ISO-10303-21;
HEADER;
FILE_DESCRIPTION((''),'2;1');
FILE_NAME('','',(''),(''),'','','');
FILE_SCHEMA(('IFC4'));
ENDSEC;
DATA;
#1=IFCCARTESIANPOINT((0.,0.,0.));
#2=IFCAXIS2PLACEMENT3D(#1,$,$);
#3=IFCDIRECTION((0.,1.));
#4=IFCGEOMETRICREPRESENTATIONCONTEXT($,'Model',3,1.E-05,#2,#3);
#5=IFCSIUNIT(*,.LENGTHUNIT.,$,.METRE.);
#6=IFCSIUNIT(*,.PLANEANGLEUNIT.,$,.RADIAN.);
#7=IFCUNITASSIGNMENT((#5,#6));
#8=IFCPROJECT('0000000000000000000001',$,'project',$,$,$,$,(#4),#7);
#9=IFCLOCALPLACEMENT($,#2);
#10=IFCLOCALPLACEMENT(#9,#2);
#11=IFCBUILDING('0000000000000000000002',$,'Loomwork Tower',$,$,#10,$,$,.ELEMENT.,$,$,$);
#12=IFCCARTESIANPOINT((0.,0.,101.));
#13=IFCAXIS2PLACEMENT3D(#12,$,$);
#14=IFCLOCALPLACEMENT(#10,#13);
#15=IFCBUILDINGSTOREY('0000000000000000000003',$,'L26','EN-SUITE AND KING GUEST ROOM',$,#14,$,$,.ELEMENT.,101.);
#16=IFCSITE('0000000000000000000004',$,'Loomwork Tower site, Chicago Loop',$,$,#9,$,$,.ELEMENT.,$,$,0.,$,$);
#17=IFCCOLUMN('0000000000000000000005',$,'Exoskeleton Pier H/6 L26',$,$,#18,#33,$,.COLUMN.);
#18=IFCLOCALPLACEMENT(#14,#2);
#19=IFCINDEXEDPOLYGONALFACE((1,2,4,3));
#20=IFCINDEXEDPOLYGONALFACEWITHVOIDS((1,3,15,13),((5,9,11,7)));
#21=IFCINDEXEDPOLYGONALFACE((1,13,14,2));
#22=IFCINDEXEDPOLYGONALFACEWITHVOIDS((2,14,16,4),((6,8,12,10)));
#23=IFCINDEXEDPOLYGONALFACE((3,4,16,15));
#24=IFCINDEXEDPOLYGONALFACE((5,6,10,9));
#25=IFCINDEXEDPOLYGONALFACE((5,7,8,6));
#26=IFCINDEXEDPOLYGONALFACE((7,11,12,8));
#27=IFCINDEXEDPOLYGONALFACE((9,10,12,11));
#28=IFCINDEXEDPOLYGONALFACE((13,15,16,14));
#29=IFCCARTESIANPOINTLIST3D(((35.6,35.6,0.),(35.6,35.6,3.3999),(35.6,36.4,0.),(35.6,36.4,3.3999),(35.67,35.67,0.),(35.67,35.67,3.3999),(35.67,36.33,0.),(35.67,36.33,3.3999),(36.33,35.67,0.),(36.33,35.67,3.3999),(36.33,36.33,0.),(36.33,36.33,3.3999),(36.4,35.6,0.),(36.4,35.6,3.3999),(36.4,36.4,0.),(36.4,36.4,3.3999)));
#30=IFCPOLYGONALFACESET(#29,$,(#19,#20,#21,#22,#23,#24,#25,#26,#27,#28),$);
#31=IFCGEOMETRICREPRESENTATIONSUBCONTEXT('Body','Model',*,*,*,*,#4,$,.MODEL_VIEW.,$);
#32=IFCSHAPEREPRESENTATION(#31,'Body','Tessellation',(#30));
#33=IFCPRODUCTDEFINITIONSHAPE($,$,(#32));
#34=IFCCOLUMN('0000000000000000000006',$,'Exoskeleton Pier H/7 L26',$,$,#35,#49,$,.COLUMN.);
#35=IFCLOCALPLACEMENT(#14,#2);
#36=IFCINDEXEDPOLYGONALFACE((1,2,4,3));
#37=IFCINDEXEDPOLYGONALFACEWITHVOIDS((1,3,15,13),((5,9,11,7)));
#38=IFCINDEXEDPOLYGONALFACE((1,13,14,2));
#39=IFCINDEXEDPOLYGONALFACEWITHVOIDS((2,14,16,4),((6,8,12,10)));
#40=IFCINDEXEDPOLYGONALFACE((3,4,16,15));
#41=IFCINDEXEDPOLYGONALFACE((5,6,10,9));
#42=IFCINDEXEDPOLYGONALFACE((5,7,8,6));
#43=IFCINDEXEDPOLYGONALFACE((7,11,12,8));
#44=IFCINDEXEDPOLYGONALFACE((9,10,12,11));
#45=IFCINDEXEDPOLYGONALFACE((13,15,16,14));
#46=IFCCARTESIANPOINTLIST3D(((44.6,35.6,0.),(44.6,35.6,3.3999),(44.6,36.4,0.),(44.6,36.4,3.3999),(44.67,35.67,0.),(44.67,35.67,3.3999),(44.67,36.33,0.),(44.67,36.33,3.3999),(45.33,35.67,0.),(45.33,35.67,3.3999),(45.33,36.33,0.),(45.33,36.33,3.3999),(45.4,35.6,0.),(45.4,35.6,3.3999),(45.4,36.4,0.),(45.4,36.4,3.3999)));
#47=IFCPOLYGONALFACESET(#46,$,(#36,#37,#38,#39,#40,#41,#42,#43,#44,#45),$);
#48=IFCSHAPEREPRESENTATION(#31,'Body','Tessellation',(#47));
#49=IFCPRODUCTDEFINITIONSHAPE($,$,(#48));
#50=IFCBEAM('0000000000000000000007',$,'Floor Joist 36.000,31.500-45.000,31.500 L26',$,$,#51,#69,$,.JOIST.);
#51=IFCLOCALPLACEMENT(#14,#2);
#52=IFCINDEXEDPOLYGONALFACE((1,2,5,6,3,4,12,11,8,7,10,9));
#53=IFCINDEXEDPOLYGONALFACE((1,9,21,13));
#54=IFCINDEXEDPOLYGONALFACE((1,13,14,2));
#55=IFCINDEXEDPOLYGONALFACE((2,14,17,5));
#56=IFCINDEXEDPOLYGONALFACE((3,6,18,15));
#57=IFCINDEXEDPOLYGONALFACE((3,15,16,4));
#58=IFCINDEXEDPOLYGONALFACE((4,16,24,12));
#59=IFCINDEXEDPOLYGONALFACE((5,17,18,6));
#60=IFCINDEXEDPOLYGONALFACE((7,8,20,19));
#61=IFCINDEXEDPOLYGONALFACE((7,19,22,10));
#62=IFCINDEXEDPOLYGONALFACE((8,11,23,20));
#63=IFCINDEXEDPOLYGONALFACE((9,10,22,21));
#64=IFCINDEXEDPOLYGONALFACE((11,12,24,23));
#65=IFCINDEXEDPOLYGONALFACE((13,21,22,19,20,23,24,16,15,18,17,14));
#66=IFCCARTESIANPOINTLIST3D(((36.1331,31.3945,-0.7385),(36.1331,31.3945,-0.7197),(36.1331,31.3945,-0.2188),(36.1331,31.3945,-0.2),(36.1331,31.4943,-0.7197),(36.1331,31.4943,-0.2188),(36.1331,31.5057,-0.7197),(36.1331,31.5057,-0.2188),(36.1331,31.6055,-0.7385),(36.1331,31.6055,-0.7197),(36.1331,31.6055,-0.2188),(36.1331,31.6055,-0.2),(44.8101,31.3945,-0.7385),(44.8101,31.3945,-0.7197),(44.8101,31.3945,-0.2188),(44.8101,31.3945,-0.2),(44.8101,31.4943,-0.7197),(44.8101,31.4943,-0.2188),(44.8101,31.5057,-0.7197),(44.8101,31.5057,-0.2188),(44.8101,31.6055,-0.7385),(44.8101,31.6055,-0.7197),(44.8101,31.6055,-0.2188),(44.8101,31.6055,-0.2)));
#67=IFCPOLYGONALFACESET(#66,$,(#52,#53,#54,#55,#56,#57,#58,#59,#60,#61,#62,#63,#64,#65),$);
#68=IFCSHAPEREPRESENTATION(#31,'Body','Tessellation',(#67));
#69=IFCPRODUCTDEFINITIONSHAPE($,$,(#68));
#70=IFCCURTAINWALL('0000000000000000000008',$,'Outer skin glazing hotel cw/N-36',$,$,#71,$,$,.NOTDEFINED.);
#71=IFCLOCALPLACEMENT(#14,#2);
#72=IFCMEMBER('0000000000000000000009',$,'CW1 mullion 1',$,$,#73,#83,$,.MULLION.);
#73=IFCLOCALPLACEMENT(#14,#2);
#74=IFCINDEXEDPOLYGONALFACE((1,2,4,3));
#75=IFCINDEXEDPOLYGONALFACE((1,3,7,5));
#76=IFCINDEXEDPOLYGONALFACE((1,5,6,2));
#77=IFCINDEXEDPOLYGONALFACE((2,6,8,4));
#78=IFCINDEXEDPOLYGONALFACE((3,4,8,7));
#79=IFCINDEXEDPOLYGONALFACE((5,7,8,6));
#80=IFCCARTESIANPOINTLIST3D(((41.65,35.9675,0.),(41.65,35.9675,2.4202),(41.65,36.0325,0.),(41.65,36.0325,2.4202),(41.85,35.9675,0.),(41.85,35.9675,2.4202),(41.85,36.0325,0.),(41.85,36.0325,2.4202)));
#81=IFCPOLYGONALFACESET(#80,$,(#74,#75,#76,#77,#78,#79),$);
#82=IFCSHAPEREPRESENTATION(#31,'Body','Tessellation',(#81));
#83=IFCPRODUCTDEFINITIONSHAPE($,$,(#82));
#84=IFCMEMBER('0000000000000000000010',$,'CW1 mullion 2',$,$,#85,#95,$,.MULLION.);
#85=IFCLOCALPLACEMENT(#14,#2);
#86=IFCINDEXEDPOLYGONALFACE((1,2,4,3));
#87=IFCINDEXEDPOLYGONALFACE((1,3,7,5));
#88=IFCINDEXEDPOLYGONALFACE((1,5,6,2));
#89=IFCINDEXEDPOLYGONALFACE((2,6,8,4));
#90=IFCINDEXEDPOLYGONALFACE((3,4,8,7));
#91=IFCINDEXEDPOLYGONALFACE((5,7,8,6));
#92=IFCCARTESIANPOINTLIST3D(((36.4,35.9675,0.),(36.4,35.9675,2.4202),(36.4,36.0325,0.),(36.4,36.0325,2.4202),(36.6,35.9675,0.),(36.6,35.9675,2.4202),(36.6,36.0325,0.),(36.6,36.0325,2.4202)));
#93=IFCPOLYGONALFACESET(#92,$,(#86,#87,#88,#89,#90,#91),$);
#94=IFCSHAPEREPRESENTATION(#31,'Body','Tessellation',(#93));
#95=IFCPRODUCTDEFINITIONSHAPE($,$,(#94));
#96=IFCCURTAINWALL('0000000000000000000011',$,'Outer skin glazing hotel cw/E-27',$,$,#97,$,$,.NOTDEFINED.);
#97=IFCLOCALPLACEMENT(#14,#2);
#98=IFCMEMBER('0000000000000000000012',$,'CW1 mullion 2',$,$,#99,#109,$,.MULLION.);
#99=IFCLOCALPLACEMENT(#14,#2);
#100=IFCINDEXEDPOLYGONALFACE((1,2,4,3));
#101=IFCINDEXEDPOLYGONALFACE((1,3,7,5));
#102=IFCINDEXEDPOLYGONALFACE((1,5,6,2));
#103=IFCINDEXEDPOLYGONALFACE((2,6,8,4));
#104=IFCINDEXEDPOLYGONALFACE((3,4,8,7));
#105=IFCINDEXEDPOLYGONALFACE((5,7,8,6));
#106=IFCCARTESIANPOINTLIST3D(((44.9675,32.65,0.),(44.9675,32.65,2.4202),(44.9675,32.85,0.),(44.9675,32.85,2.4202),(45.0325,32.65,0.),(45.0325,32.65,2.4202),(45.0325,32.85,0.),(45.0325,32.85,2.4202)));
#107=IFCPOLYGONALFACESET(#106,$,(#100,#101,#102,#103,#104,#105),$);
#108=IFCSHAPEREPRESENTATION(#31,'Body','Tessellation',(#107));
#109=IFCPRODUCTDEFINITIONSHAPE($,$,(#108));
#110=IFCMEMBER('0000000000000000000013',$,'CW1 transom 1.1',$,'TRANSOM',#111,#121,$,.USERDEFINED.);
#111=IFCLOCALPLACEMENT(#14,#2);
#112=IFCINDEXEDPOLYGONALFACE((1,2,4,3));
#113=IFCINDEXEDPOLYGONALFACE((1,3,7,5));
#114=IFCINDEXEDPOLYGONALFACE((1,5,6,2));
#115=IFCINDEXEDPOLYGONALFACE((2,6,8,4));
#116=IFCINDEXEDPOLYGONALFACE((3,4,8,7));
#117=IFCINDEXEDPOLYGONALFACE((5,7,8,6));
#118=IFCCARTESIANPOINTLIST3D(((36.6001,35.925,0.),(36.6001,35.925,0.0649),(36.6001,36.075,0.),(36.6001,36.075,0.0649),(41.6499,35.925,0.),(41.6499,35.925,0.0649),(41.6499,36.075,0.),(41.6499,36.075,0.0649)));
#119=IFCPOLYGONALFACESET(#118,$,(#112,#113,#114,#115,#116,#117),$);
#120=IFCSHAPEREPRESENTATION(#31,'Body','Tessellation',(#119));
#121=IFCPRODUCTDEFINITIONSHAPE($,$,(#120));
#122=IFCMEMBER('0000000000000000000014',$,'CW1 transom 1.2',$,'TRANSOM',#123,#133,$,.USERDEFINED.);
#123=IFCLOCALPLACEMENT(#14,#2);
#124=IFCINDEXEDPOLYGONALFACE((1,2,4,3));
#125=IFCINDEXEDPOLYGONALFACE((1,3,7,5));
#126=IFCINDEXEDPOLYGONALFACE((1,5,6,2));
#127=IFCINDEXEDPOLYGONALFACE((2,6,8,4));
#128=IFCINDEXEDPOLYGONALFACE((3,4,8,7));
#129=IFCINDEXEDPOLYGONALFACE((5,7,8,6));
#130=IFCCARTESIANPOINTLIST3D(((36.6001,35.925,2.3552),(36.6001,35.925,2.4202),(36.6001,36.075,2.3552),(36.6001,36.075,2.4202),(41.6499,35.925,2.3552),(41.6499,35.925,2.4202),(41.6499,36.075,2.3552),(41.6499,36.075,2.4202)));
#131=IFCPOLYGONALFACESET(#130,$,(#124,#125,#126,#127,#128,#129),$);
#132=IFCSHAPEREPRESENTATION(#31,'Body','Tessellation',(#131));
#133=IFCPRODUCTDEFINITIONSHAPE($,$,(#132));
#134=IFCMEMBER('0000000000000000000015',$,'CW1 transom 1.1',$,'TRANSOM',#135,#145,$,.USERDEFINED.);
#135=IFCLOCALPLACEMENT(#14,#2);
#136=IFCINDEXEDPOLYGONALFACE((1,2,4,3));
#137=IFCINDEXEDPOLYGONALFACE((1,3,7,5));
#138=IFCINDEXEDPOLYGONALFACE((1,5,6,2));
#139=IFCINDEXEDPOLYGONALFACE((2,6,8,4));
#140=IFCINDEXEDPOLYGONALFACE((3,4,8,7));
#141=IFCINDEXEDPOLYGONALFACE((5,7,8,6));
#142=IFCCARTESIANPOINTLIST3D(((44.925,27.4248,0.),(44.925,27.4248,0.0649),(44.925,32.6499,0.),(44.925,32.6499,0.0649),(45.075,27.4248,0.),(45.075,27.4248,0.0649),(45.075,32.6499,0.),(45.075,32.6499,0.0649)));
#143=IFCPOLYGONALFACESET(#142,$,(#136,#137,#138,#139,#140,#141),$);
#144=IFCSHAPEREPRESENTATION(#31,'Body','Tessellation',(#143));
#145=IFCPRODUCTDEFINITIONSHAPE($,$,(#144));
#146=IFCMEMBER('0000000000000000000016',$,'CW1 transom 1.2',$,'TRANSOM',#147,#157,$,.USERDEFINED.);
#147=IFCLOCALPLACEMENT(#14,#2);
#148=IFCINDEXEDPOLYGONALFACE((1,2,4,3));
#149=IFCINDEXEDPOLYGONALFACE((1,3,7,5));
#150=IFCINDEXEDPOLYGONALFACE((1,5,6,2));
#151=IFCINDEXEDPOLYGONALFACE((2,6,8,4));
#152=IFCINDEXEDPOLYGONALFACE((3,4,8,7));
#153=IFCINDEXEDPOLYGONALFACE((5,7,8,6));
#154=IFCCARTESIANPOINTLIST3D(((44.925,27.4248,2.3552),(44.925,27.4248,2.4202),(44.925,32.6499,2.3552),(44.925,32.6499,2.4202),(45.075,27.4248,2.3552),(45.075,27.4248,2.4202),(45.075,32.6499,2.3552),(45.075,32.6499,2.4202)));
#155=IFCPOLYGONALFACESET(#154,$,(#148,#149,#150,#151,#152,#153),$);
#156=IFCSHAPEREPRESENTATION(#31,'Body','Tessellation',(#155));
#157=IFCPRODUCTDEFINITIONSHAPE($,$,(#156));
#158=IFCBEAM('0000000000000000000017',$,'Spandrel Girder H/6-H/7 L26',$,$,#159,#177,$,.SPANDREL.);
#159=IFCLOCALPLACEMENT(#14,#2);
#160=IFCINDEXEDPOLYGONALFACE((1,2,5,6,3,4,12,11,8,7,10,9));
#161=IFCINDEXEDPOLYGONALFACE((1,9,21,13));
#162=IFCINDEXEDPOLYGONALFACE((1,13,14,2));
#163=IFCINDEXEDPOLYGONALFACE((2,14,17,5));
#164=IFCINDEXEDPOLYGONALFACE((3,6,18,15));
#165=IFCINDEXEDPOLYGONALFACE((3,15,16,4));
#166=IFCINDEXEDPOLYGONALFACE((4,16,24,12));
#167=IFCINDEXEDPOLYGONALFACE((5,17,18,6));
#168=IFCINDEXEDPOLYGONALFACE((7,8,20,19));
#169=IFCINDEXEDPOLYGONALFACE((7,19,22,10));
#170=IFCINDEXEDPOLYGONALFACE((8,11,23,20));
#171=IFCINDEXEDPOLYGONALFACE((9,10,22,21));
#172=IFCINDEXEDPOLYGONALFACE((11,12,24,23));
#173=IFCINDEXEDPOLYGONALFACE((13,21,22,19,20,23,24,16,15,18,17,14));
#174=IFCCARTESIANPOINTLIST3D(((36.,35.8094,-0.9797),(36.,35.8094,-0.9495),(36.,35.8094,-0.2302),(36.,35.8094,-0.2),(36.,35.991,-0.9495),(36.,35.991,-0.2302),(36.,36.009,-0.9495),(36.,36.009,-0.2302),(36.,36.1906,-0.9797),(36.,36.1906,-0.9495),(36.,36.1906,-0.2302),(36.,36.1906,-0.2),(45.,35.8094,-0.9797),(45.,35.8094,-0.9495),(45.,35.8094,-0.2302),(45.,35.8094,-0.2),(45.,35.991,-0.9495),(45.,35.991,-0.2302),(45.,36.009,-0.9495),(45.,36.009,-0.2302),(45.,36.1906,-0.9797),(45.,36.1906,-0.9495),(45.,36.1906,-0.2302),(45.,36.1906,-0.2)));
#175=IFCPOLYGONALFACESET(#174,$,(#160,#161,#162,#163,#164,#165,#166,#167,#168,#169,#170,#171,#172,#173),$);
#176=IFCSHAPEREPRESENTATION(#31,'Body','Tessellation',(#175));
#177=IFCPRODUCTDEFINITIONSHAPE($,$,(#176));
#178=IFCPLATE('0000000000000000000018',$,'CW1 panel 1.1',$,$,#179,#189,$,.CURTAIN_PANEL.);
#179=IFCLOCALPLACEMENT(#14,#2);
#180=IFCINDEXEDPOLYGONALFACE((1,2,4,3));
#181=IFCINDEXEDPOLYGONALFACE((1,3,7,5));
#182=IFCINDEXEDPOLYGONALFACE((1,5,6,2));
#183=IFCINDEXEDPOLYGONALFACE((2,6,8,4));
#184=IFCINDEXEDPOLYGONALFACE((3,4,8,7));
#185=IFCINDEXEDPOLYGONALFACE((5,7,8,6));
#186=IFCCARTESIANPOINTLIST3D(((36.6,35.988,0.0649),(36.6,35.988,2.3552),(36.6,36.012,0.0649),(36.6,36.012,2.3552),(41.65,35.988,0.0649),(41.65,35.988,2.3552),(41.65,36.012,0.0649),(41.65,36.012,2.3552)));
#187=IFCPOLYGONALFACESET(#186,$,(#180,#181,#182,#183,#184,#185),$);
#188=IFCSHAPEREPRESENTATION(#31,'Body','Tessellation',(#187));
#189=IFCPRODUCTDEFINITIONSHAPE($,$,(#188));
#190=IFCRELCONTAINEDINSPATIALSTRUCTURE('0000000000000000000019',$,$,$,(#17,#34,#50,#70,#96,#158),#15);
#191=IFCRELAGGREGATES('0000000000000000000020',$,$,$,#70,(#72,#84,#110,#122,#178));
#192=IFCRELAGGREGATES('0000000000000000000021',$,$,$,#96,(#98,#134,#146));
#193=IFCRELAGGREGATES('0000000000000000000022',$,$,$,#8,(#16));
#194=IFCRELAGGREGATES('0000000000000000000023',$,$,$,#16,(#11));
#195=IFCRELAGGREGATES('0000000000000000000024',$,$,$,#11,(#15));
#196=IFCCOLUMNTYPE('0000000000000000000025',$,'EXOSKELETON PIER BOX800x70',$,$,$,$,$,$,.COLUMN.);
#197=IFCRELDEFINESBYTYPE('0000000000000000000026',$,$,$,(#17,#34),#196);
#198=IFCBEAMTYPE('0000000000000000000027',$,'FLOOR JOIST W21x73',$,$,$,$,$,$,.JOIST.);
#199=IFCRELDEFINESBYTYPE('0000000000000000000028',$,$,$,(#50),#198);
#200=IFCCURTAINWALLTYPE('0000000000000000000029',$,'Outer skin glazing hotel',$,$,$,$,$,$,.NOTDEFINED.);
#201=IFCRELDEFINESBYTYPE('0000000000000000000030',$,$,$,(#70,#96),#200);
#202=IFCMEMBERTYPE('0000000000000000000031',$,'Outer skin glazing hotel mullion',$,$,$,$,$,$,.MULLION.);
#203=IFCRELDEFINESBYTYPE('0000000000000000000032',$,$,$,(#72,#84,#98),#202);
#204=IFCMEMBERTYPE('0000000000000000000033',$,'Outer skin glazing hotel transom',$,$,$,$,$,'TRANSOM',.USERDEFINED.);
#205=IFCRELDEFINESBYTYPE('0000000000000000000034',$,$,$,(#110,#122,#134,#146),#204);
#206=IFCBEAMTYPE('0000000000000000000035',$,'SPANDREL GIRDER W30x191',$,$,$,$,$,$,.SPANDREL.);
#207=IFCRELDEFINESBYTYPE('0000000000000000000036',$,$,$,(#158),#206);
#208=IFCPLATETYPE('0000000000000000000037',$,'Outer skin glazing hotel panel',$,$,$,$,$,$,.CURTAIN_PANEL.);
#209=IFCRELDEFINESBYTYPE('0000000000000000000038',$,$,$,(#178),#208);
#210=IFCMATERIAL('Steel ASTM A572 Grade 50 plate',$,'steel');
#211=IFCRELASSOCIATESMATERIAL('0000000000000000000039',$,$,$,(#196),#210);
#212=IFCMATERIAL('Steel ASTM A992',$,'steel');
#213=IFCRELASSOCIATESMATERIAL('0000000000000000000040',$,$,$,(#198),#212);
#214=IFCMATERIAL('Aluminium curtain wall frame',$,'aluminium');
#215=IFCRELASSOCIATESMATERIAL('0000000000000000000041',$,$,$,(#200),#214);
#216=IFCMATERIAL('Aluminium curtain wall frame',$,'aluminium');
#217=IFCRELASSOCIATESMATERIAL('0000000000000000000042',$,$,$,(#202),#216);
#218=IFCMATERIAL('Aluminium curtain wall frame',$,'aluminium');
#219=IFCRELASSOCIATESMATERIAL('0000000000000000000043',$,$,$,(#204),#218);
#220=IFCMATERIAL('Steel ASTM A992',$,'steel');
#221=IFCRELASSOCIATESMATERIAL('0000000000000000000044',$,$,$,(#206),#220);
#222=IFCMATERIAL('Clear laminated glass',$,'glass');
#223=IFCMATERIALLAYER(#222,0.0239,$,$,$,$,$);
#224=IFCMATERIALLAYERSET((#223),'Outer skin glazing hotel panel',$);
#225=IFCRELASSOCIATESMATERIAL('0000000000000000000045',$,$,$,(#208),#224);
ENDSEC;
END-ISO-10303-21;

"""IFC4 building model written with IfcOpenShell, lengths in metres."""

from ifc_helpers import new_model, si_unit, direction, frame, origin, origin_2d, place, context, subcontext, project, spatial, rectangle, hollow_rectangle, i_section, extrude, material, layer, layer_set, material_profile, profile_set, type_object, element, aggregate, save


model = new_model("IFC4")

# Units and contexts
model_context = context("Model", 3, precision=1e-05, world=origin(), true_north=direction((0.0, 1.0)))
body_context = subcontext(model_context, "Body", "Model", "MODEL_VIEW")
ifc_project = project(units=[si_unit("LENGTHUNIT", "METRE"), si_unit("PLANEANGLEUNIT", "RADIAN")], contexts=[model_context])

# Site, building, storey
site_placement = place(None, origin())
site = spatial("IfcSite", under=ifc_project, at=site_placement, Name="Loomwork Tower site, Chicago Loop", CompositionType="ELEMENT", RefElevation=0.0)
building_placement = place(site_placement, origin())
building = spatial("IfcBuilding", under=site, at=building_placement, Name="Loomwork Tower", CompositionType="ELEMENT")
storey_placement = place(building_placement, frame((0.0, 0.0, 101.0)))
storey = spatial("IfcBuildingStorey", under=building, at=storey_placement, Name="L26", Description="EN-SUITE AND KING GUEST ROOM", CompositionType="ELEMENT", Elevation=101.0)

# Columns
ifc_material_1 = material(Name="Steel ASTM A572 Grade 50 plate", Category="steel")
ifc_material_profile_1 = material_profile(ifc_material_1, hollow_rectangle(XDim=0.8, YDim=0.8, WallThickness=0.0701, at=origin_2d()), Name="BOX800x70")
ifc_profile_set_1 = profile_set([ifc_material_profile_1], Name="Steel ASTM A572 Grade 50 plate")
column_type = type_object("IfcColumnType", Name="EXOSKELETON PIER BOX800x70", PredefinedType="COLUMN", material=ifc_profile_set_1)
for number, where, z_axis, x_axis, name in (
    (1, (36.0, 36.0, 0.0), (0.0, 0.0, 1.0), (1.0, 0.0, 0.0), "Exoskeleton Pier H/6 L26"),
    (2, (45.0, 36.0, 0.0), (0.0, 0.0, 1.0), (1.0, 0.0, 0.0), "Exoskeleton Pier H/7 L26"),
):
    element("IfcColumn", number, at=place(storey_placement, frame(where, z_axis=z_axis, x_axis=x_axis)), inside=storey, type_object=column_type, Name=name, PredefinedType="COLUMN", context=body_context, shape_type="SweptSolid", body=[
        extrude(hollow_rectangle(XDim=0.8, YDim=0.8, WallThickness=0.0701, at=origin_2d()), origin(), (0.0, 0.0, 1.0), 3.3999),
    ])

# Beam
ifc_material_2 = material(Name="Steel ASTM A992", Category="steel")
ifc_material_profile_2 = material_profile(ifc_material_2, i_section(OverallWidth=0.2109, OverallDepth=0.5386, WebThickness=0.0115, FlangeThickness=0.0188, at=origin_2d()), Name="W21x73")
ifc_profile_set_2 = profile_set([ifc_material_profile_2], Name="Steel ASTM A992")
beam_type_1 = type_object("IfcBeamType", Name="FLOOR JOIST W21x73", PredefinedType="JOIST", material=ifc_profile_set_2)
beam_1_placement = place(storey_placement, frame((36.1331, 31.5, -0.4692), z_axis=(1.0, 0.0, 0.0), x_axis=(0.0, 1.0, 0.0)))
element("IfcBeam", 3, at=beam_1_placement, inside=storey, type_object=beam_type_1, Name="Floor Joist 36.000,31.500-45.000,31.500 L26", PredefinedType="JOIST", context=body_context, shape_type="SweptSolid", body=[
    extrude(i_section(OverallWidth=0.2109, OverallDepth=0.5386, WebThickness=0.0115, FlangeThickness=0.0188, at=origin_2d()), origin(), (0.0, 0.0, 1.0), 8.677),
])

# Curtain wall, members
ifc_material_3 = material(Name="Aluminium curtain wall frame", Category="aluminium")
curtain_wall_type = type_object("IfcCurtainWallType", Name="Outer skin glazing hotel", PredefinedType="NOTDEFINED", material=ifc_material_3)
curtain_wall_1_placement = place(storey_placement, origin())
curtain_wall_1 = element("IfcCurtainWall", 4, at=curtain_wall_1_placement, inside=storey, type_object=curtain_wall_type, Name="Outer skin glazing hotel cw/N-36", PredefinedType="NOTDEFINED")
ifc_material_4 = material(Name="Aluminium curtain wall frame", Category="aluminium")
ifc_material_profile_3 = material_profile(ifc_material_4, rectangle(XDim=0.0649, YDim=0.2, at=origin_2d()), Name="AL 65x200")
ifc_profile_set_3 = profile_set([ifc_material_profile_3], Name="Aluminium curtain wall frame")
member_type_1 = type_object("IfcMemberType", Name="Outer skin glazing hotel mullion", PredefinedType="MULLION", material=ifc_profile_set_3)
member_1_placement = place(storey_placement, frame((41.75, 36.0, 0.0), z_axis=(0.0, 0.0, 1.0), x_axis=(0.0, -1.0, 0.0)))
member_1 = element("IfcMember", 5, at=member_1_placement, type_object=member_type_1, Name="CW1 mullion 1", PredefinedType="MULLION", context=body_context, shape_type="SweptSolid", body=[
    extrude(rectangle(XDim=0.0649, YDim=0.2, at=origin_2d()), origin(), (0.0, 0.0, 1.0), 2.4202),
])
member_2_placement = place(storey_placement, frame((36.5, 36.0, 0.0), z_axis=(0.0, 0.0, 1.0), x_axis=(0.0, -1.0, 0.0)))
member_2 = element("IfcMember", 6, at=member_2_placement, type_object=member_type_1, Name="CW1 mullion 2", PredefinedType="MULLION", context=body_context, shape_type="SweptSolid", body=[
    extrude(rectangle(XDim=0.0649, YDim=0.2, at=origin_2d()), origin(), (0.0, 0.0, 1.0), 2.4202),
])

# Curtain wall, member
curtain_wall_2_placement = place(storey_placement, origin())
curtain_wall_2 = element("IfcCurtainWall", 7, at=curtain_wall_2_placement, inside=storey, type_object=curtain_wall_type, Name="Outer skin glazing hotel cw/E-27", PredefinedType="NOTDEFINED")
member_3_placement = place(storey_placement, frame((45.0, 32.75, 0.0), z_axis=(0.0, 0.0, 1.0), x_axis=(-1.0, 0.0, 0.0)))
member_3 = element("IfcMember", 8, at=member_3_placement, type_object=member_type_1, Name="CW1 mullion 2", PredefinedType="MULLION", context=body_context, shape_type="SweptSolid", body=[
    extrude(rectangle(XDim=0.0649, YDim=0.2, at=origin_2d()), origin(), (0.0, 0.0, 1.0), 2.4202),
])

# Members
ifc_material_5 = material(Name="Aluminium curtain wall frame", Category="aluminium")
ifc_material_profile_4 = material_profile(ifc_material_5, rectangle(XDim=0.1499, YDim=0.0649, at=origin_2d()), Name="AL 65x150")
ifc_profile_set_4 = profile_set([ifc_material_profile_4], Name="Aluminium curtain wall frame")
member_type_2 = type_object("IfcMemberType", Name="Outer skin glazing hotel transom", ElementType="TRANSOM", PredefinedType="USERDEFINED", material=ifc_profile_set_4)
member_4_placement = place(storey_placement, frame((41.6499, 36.0, 0.0325), z_axis=(-1.0, 0.0, 0.0), x_axis=(0.0, -1.0, 0.0)))
member_4 = element("IfcMember", 9, at=member_4_placement, type_object=member_type_2, Name="CW1 transom 1.1", ObjectType="TRANSOM", PredefinedType="USERDEFINED", context=body_context, shape_type="SweptSolid", body=[
    extrude(rectangle(XDim=0.1499, YDim=0.0649, at=origin_2d()), origin(), (0.0, 0.0, 1.0), 5.0498),
])
member_5_placement = place(storey_placement, frame((41.6499, 36.0, 2.3877), z_axis=(-1.0, 0.0, 0.0), x_axis=(0.0, -1.0, 0.0)))
member_5 = element("IfcMember", 10, at=member_5_placement, type_object=member_type_2, Name="CW1 transom 1.2", ObjectType="TRANSOM", PredefinedType="USERDEFINED", context=body_context, shape_type="SweptSolid", body=[
    extrude(rectangle(XDim=0.1499, YDim=0.0649, at=origin_2d()), origin(), (0.0, 0.0, 1.0), 5.0498),
])
member_6_placement = place(storey_placement, frame((45.0, 27.4248, 0.0325), z_axis=(0.0, 1.0, 0.0), x_axis=(-1.0, 0.0, 0.0)))
member_6 = element("IfcMember", 11, at=member_6_placement, type_object=member_type_2, Name="CW1 transom 1.1", ObjectType="TRANSOM", PredefinedType="USERDEFINED", context=body_context, shape_type="SweptSolid", body=[
    extrude(rectangle(XDim=0.1499, YDim=0.0649, at=origin_2d()), origin(), (0.0, 0.0, 1.0), 5.2251),
])
member_7_placement = place(storey_placement, frame((45.0, 27.4248, 2.3877), z_axis=(0.0, 1.0, 0.0), x_axis=(-1.0, 0.0, 0.0)))
member_7 = element("IfcMember", 12, at=member_7_placement, type_object=member_type_2, Name="CW1 transom 1.2", ObjectType="TRANSOM", PredefinedType="USERDEFINED", context=body_context, shape_type="SweptSolid", body=[
    extrude(rectangle(XDim=0.1499, YDim=0.0649, at=origin_2d()), origin(), (0.0, 0.0, 1.0), 5.2251),
])

# Beam
ifc_material_6 = material(Name="Steel ASTM A992", Category="steel")
ifc_material_profile_5 = material_profile(ifc_material_6, i_section(OverallWidth=0.3811, OverallDepth=0.7798, WebThickness=0.0181, FlangeThickness=0.0303, at=origin_2d()), Name="W30x191")
ifc_profile_set_5 = profile_set([ifc_material_profile_5], Name="Steel ASTM A992")
beam_type_2 = type_object("IfcBeamType", Name="SPANDREL GIRDER W30x191", PredefinedType="SPANDREL", material=ifc_profile_set_5)
beam_2_placement = place(storey_placement, frame((36.0, 36.0, -0.5898), z_axis=(1.0, 0.0, 0.0), x_axis=(0.0, 1.0, 0.0)))
element("IfcBeam", 13, at=beam_2_placement, inside=storey, type_object=beam_type_2, Name="Spandrel Girder H/6-H/7 L26", PredefinedType="SPANDREL", context=body_context, shape_type="SweptSolid", body=[
    extrude(i_section(OverallWidth=0.3811, OverallDepth=0.7798, WebThickness=0.0181, FlangeThickness=0.0303, at=origin_2d()), origin(), (0.0, 0.0, 1.0), 9.0),
])

# Plate
ifc_material_7 = material(Name="Clear laminated glass", Category="glass")
ifc_layer_1 = layer(ifc_material_7, 0.0239)
ifc_layer_set_1 = layer_set([ifc_layer_1], Name="Outer skin glazing hotel panel")
plate_type = type_object("IfcPlateType", Name="Outer skin glazing hotel panel", PredefinedType="CURTAIN_PANEL", material=ifc_layer_set_1)
plate_1_placement = place(storey_placement, frame((39.125, 36.0, 0.0649), z_axis=(0.0, 0.0, 1.0), x_axis=(-1.0, 0.0, 0.0)))
plate_1 = element("IfcPlate", 14, at=plate_1_placement, type_object=plate_type, Name="CW1 panel 1.1", PredefinedType="CURTAIN_PANEL", context=body_context, shape_type="SweptSolid", body=[
    extrude(rectangle(XDim=5.05, YDim=0.0239, at=origin_2d()), origin(), (0.0, 0.0, 1.0), 2.2903),
])
aggregate(curtain_wall_1, [member_1, member_2, member_4, member_5, plate_1])
aggregate(curtain_wall_2, [member_3, member_6, member_7])

save(model, "model.ifc")
